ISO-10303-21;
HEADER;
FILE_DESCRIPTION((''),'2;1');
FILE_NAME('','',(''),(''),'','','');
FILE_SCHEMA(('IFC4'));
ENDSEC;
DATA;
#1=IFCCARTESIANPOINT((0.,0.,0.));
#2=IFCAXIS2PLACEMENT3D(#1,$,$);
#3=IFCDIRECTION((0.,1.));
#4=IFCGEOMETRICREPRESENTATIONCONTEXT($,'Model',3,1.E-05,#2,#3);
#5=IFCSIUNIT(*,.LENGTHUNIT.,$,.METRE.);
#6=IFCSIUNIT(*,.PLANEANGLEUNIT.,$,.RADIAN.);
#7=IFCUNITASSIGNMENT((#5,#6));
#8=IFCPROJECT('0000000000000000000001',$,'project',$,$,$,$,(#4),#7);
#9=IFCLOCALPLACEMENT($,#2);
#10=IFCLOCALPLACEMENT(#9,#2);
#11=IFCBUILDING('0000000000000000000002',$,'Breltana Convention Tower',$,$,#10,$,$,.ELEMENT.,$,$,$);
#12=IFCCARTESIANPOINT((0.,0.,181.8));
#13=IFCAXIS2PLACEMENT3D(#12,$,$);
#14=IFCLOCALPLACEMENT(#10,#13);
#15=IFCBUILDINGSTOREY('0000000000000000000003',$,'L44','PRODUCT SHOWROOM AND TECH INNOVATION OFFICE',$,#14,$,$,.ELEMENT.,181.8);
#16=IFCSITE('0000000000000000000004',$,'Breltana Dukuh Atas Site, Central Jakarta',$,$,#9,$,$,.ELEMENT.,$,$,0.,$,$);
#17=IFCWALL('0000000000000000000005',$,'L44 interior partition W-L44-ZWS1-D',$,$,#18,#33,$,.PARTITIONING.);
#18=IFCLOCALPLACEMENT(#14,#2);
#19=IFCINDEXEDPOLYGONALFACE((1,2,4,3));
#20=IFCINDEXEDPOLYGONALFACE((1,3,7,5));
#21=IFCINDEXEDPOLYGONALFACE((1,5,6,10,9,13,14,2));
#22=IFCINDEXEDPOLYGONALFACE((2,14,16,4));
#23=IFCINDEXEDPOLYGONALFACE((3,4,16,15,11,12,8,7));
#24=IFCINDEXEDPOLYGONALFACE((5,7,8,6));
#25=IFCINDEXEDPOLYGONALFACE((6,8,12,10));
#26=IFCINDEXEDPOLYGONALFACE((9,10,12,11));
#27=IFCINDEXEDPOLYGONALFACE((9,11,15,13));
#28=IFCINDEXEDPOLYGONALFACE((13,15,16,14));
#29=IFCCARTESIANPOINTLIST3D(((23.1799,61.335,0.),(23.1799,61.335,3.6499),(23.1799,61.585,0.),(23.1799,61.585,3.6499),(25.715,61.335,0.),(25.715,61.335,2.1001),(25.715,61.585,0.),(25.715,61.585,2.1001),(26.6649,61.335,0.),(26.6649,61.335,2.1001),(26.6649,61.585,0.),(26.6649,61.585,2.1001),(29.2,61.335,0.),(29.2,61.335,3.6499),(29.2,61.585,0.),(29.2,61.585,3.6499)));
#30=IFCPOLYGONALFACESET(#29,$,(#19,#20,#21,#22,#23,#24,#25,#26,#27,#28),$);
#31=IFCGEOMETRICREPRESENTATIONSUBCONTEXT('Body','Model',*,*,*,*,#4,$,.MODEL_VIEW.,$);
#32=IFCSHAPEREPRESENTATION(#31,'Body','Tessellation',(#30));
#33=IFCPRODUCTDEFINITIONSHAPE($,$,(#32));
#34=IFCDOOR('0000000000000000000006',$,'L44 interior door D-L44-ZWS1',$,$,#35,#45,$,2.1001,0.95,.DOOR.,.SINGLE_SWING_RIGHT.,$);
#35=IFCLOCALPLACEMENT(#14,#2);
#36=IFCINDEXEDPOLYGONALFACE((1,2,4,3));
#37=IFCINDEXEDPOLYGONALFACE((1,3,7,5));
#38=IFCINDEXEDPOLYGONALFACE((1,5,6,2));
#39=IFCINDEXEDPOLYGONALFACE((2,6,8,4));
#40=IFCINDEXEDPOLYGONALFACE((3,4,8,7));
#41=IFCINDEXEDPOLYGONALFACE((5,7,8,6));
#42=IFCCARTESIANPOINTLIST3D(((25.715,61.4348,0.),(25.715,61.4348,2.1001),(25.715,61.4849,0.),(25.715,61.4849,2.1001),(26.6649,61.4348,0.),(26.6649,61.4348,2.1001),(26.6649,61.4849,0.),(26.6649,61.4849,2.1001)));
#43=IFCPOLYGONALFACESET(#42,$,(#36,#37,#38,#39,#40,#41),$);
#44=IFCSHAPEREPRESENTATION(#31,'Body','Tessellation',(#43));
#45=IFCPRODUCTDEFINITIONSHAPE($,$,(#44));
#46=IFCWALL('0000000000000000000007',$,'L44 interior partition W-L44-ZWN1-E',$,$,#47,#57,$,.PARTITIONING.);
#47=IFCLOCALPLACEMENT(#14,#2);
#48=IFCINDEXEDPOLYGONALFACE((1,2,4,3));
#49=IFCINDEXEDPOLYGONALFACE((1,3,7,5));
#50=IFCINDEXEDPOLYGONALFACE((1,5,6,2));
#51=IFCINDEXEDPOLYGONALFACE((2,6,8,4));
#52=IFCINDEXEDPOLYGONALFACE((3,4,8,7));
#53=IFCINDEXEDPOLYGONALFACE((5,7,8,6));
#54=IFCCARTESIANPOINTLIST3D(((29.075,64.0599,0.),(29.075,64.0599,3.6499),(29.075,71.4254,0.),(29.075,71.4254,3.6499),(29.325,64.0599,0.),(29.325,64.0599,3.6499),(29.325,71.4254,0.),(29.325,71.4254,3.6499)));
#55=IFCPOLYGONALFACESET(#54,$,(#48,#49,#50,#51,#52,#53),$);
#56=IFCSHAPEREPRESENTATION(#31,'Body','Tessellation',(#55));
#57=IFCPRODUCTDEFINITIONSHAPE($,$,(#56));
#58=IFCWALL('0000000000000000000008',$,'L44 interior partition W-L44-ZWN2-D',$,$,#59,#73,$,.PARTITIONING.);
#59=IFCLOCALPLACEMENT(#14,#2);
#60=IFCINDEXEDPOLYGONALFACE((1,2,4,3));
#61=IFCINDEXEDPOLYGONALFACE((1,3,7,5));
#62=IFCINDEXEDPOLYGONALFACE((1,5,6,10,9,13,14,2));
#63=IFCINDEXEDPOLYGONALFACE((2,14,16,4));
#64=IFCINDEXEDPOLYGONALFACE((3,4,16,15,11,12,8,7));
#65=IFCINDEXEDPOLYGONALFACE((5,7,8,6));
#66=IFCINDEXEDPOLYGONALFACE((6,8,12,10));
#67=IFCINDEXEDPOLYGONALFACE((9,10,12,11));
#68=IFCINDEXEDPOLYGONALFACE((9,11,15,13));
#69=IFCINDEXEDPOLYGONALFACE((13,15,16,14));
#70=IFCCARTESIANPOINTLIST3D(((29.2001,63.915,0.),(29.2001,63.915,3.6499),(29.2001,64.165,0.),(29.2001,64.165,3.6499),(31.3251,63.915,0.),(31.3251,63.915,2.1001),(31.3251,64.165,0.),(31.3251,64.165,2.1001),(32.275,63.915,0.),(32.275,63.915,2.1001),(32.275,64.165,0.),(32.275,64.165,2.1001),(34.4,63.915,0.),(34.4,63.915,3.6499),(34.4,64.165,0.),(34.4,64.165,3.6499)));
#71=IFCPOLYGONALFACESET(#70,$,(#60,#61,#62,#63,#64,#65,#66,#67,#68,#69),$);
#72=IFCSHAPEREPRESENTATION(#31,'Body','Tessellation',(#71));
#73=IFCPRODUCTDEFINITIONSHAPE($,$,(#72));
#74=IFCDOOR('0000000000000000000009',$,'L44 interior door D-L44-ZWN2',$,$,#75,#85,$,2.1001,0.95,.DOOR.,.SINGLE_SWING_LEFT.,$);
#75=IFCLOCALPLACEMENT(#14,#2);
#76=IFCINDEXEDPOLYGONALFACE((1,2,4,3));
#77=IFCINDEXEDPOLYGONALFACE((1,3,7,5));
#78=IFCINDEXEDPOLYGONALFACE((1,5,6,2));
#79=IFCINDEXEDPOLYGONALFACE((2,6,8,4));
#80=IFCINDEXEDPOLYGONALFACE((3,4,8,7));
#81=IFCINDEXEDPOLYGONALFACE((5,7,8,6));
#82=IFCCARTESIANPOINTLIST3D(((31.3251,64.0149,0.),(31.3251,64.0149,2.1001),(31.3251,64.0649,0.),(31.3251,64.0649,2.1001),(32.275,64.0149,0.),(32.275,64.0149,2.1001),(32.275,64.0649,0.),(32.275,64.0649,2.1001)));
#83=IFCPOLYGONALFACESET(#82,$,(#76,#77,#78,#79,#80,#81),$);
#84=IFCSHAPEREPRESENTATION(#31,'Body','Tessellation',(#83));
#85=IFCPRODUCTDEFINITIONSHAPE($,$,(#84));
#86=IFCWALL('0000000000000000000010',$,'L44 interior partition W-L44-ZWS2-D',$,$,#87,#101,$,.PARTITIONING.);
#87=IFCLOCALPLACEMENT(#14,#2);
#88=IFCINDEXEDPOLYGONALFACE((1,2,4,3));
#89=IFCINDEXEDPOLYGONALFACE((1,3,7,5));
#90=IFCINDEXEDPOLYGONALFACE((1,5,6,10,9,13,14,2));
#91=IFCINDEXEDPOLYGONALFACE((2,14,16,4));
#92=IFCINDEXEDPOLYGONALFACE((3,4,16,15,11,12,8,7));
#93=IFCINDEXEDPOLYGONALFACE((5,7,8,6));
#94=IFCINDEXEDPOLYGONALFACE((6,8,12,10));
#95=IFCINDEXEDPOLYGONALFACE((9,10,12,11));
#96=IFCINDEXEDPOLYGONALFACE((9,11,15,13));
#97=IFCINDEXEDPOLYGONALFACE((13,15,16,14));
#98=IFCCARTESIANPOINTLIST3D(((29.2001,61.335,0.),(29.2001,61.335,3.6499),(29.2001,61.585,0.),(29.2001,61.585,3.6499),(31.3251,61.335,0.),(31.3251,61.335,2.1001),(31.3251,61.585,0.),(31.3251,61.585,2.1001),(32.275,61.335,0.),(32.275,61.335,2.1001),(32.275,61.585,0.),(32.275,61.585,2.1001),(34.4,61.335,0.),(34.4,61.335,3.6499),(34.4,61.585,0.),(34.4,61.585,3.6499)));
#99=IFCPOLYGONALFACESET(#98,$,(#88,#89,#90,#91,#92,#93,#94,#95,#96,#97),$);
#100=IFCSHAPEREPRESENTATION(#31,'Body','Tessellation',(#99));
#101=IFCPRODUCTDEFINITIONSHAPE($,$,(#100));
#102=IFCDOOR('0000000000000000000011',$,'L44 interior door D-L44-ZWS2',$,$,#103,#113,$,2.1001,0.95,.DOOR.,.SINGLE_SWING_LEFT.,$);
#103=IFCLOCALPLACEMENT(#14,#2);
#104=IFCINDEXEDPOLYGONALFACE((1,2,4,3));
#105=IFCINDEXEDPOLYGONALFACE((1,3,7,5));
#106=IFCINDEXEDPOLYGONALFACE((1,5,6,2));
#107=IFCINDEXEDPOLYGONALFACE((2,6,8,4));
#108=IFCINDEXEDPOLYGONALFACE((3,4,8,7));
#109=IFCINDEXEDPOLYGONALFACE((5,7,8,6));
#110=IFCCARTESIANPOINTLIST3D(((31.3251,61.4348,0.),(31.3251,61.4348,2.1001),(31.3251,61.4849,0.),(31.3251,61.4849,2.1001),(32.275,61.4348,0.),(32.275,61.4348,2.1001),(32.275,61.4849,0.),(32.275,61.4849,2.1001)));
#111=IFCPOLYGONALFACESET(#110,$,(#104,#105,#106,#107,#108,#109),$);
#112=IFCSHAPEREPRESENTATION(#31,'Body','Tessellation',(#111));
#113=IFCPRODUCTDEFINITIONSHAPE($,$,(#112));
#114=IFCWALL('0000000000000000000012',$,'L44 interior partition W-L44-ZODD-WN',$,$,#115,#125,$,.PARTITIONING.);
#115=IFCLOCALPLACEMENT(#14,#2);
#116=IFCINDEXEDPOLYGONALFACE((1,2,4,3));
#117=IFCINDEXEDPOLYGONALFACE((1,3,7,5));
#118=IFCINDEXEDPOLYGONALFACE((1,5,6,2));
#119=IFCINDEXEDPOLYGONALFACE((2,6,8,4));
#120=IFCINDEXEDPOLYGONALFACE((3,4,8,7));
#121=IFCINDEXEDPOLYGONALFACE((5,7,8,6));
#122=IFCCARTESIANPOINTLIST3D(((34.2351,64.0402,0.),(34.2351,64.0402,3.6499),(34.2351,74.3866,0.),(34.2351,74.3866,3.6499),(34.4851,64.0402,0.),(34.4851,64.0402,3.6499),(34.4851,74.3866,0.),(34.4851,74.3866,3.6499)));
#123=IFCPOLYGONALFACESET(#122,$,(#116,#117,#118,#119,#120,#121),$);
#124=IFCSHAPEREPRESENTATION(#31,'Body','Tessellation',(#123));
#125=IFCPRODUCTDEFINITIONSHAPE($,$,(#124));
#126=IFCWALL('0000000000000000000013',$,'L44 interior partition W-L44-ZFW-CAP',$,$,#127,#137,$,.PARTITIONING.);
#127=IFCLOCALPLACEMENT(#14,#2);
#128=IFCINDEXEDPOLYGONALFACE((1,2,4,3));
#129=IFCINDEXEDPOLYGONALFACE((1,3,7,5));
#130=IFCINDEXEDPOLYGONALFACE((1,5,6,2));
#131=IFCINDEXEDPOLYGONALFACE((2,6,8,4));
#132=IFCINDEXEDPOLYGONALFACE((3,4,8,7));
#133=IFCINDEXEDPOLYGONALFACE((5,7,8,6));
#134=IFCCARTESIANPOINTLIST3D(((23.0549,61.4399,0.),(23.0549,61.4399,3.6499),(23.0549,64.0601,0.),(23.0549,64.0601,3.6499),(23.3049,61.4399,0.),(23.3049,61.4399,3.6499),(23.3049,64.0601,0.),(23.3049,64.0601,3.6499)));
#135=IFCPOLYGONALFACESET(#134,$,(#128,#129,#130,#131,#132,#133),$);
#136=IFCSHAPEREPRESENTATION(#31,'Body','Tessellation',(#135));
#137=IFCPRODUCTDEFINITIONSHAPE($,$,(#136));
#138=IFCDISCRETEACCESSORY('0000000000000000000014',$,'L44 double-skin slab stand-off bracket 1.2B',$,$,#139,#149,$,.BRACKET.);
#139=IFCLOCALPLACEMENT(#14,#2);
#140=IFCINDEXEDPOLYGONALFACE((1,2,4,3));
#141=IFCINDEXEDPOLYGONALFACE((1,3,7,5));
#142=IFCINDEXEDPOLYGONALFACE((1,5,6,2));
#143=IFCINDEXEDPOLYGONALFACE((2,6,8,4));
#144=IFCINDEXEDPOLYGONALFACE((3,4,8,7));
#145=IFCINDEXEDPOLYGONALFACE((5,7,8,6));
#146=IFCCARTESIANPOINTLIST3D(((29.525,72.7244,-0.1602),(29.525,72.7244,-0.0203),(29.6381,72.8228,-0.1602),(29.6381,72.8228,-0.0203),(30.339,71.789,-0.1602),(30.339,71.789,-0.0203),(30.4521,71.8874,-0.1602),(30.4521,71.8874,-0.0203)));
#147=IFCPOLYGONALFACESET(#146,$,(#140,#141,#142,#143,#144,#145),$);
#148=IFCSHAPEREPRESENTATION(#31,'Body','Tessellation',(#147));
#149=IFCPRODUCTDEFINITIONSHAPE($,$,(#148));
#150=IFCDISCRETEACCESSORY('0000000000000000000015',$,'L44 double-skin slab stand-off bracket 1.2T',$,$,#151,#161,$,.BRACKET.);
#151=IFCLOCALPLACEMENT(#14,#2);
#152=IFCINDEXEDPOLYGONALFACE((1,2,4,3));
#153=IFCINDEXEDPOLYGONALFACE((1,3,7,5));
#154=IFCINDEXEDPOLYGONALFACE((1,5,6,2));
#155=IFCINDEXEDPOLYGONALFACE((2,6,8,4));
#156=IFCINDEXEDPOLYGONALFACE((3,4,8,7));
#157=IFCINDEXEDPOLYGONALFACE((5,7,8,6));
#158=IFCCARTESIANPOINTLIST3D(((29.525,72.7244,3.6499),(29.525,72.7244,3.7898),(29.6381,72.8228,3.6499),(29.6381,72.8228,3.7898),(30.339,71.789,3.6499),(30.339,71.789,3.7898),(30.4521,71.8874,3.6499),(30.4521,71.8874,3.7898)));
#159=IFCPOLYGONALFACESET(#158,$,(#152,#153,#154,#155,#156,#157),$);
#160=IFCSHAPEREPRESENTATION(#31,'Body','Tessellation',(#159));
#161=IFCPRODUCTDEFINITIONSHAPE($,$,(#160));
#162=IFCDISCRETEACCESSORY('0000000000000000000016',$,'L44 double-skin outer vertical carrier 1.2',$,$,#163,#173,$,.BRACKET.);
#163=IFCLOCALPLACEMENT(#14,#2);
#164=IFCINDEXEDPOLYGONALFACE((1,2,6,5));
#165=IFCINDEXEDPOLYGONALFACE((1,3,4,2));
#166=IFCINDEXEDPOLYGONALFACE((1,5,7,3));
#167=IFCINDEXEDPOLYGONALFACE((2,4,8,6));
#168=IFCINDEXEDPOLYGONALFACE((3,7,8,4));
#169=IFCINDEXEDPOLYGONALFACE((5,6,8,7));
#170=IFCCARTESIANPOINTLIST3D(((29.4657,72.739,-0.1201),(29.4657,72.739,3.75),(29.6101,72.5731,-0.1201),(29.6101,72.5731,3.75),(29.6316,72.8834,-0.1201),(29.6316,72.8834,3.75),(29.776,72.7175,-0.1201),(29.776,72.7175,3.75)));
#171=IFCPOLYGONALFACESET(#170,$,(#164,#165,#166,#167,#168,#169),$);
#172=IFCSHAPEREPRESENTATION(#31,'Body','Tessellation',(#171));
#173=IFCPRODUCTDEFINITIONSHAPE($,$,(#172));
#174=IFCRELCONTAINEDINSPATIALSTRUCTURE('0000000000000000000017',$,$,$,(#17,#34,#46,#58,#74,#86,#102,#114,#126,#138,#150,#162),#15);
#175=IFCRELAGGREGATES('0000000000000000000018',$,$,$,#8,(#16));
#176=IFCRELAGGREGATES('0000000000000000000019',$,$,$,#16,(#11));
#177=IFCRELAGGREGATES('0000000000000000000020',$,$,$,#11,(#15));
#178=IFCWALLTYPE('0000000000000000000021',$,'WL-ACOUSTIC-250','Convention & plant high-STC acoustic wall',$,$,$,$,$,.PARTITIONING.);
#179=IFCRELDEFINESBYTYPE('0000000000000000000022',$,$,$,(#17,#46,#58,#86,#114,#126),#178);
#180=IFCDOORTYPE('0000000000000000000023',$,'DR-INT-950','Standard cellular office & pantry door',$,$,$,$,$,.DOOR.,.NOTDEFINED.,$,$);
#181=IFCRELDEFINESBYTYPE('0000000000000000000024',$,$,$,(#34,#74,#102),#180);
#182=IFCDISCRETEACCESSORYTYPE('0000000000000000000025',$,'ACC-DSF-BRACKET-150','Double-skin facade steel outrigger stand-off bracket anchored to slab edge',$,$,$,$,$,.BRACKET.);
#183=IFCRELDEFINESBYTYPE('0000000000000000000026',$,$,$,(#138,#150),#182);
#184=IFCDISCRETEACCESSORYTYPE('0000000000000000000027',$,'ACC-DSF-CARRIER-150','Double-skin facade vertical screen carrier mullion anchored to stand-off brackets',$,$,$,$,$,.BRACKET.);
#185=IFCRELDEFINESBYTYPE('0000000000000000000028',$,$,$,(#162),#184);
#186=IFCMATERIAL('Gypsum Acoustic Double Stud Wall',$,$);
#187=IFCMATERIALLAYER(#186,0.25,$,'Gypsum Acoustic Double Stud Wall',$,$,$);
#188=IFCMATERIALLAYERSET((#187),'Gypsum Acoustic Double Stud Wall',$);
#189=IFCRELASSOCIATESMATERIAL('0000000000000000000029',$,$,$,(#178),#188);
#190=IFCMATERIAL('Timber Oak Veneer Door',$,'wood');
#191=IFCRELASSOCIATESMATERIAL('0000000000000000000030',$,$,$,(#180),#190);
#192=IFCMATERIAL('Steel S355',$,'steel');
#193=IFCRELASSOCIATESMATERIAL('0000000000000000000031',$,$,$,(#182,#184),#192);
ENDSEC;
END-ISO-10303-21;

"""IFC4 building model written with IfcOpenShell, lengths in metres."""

from ifc_helpers import new_model, si_unit, direction, frame, frame_2d, origin, origin_2d, place, context, subcontext, project, spatial, rectangle, extrude, source, transform, mapped, material, layer, layer_set, type_object, type_shapes, element, fill, save


model = new_model("IFC4")

# Units and contexts
model_context = context("Model", 3, precision=1e-05, world=origin(), true_north=direction((0.0, 1.0)))
body_context = subcontext(model_context, "Body", "Model", "MODEL_VIEW")
ifc_project = project(units=[si_unit("LENGTHUNIT", "METRE"), si_unit("PLANEANGLEUNIT", "RADIAN")], contexts=[model_context])

# Site, building, storey
site_placement = place(None, origin())
site = spatial("IfcSite", under=ifc_project, at=site_placement, Name="Breltana Dukuh Atas Site, Central Jakarta", CompositionType="ELEMENT", RefElevation=0.0)
building_placement = place(site_placement, origin())
building = spatial("IfcBuilding", under=site, at=building_placement, Name="Breltana Convention Tower", CompositionType="ELEMENT")
storey_placement = place(building_placement, frame((0.0, 0.0, 181.8)))
storey = spatial("IfcBuildingStorey", under=building, at=storey_placement, Name="L44", Description="PRODUCT SHOWROOM AND TECH INNOVATION OFFICE", CompositionType="ELEMENT", Elevation=181.8)

# Wall, opening, door
ifc_material_1 = material(Name="Gypsum Acoustic Double Stud Wall")
ifc_layer_1 = layer(ifc_material_1, 0.25, Name="Gypsum Acoustic Double Stud Wall")
ifc_layer_set_1 = layer_set([ifc_layer_1], Name="Gypsum Acoustic Double Stud Wall")
wall_type_1 = type_object("IfcWallType", Name="WL-ACOUSTIC-250", Description="Convention & plant high-STC acoustic wall", PredefinedType="PARTITIONING", material=ifc_layer_set_1)
shared_shape_1 = source(origin(), body_context, "Body", "SweptSolid", [
    extrude(rectangle(XDim=6.02, YDim=0.25, at=frame_2d((3.01, 0.0))), origin(), (0.0, 0.0, 1.0), 3.6499),
])
ifc_material_2 = material(Name="Timber Oak Veneer Door", Category="wood")
door_type = type_object("IfcDoorType", Name="DR-INT-950", Description="Standard cellular office & pantry door", OperationType="NOTDEFINED", PredefinedType="DOOR", material=ifc_material_2)
shared_shape_2 = source(origin(), body_context, "Body", "SweptSolid", [
    extrude(rectangle(XDim=0.95, YDim=2.1001, at=frame_2d((0.4751, 1.05))), frame((0.0, 0.0249, 0.0), z_axis=(0.0, -1.0, 0.0), x_axis=(1.0, 0.0, 0.0)), (0.0, 0.0, 1.0), 0.05),
])
type_shapes(door_type, [shared_shape_2])
wall_1_placement = place(storey_placement, frame((23.1799, 61.46, 0.0), z_axis=(0.0, 0.0, 1.0), x_axis=(1.0, 0.0, 0.0)))
wall_1 = element("IfcWall", 1, at=wall_1_placement, inside=storey, type_object=wall_type_1, Name="L44 interior partition W-L44-ZWS1-D", PredefinedType="PARTITIONING", context=body_context, shape_type="MappedRepresentation", body=[
    mapped(shared_shape_1, transform((0.0, 0.0, 0.0), scale=1.0)),
])
opening_1_placement = place(wall_1_placement, frame((2.5349, 0.0, 0.0)))
opening_1 = element("IfcOpeningElement", 2, at=opening_1_placement, cuts=wall_1, PredefinedType="OPENING", context=body_context, shape_type="SweptSolid", body=[
    extrude(rectangle(XDim=0.95, YDim=2.1001, at=frame_2d((0.4751, 1.05))), frame((0.0, 0.135, 0.0), z_axis=(0.0, -1.0, 0.0), x_axis=(1.0, 0.0, 0.0)), (0.0, 0.0, 1.0), 0.27),
])
door_1_placement = place(opening_1_placement, origin())
door_1 = element("IfcDoor", 3, at=door_1_placement, inside=storey, type_object=door_type, Name="L44 interior door D-L44-ZWS1", OperationType="SINGLE_SWING_RIGHT", OverallHeight=2.1001, OverallWidth=0.95, PredefinedType="DOOR", context=body_context, shape_type="MappedRepresentation", body=[
    mapped(shared_shape_2, transform((0.0, 0.0, 0.0), scale=1.0)),
])
fill(opening_1, door_1)

# Wall
shared_shape_3 = source(origin(), body_context, "Body", "SweptSolid", [
    extrude(rectangle(XDim=7.3655, YDim=0.25, at=frame_2d((3.6826, 0.0))), origin(), (0.0, 0.0, 1.0), 3.6499),
])
wall_2_placement = place(storey_placement, frame((29.2, 64.0601, 0.0), z_axis=(0.0, 0.0, 1.0), x_axis=(0.0, 1.0, 0.0)))
element("IfcWall", 4, at=wall_2_placement, inside=storey, type_object=wall_type_1, Name="L44 interior partition W-L44-ZWN1-E", PredefinedType="PARTITIONING", context=body_context, shape_type="MappedRepresentation", body=[
    mapped(shared_shape_3, transform((0.0, 0.0, 0.0), scale=1.0)),
])

# Walls, openings, doors
shared_shape_4 = source(origin(), body_context, "Body", "SweptSolid", [
    extrude(rectangle(XDim=5.2, YDim=0.25, at=frame_2d((2.6001, 0.0))), origin(), (0.0, 0.0, 1.0), 3.6499),
])
wall_3_placement = place(storey_placement, frame((29.2, 64.04, 0.0), z_axis=(0.0, 0.0, 1.0), x_axis=(1.0, 0.0, 0.0)))
wall_3 = element("IfcWall", 5, at=wall_3_placement, inside=storey, type_object=wall_type_1, Name="L44 interior partition W-L44-ZWN2-D", PredefinedType="PARTITIONING", context=body_context, shape_type="MappedRepresentation", body=[
    mapped(shared_shape_4, transform((0.0, 0.0, 0.0), scale=1.0)),
])
opening_2_placement = place(wall_3_placement, frame((2.125, 0.0, 0.0)))
opening_2 = element("IfcOpeningElement", 6, at=opening_2_placement, cuts=wall_3, PredefinedType="OPENING", context=body_context, shape_type="SweptSolid", body=[
    extrude(rectangle(XDim=0.95, YDim=2.1001, at=frame_2d((0.4751, 1.05))), frame((0.0, 0.135, 0.0), z_axis=(0.0, -1.0, 0.0), x_axis=(1.0, 0.0, 0.0)), (0.0, 0.0, 1.0), 0.27),
])
door_2_placement = place(opening_2_placement, origin())
door_2 = element("IfcDoor", 7, at=door_2_placement, inside=storey, type_object=door_type, Name="L44 interior door D-L44-ZWN2", OperationType="SINGLE_SWING_LEFT", OverallHeight=2.1001, OverallWidth=0.95, PredefinedType="DOOR", context=body_context, shape_type="MappedRepresentation", body=[
    mapped(shared_shape_2, transform((0.0, 0.0, 0.0), scale=1.0)),
])
fill(opening_2, door_2)
wall_4_placement = place(storey_placement, frame((29.2, 61.46, 0.0), z_axis=(0.0, 0.0, 1.0), x_axis=(1.0, 0.0, 0.0)))
wall_4 = element("IfcWall", 8, at=wall_4_placement, inside=storey, type_object=wall_type_1, Name="L44 interior partition W-L44-ZWS2-D", PredefinedType="PARTITIONING", context=body_context, shape_type="MappedRepresentation", body=[
    mapped(shared_shape_4, transform((0.0, 0.0, 0.0), scale=1.0)),
])
opening_3_placement = place(wall_4_placement, frame((2.125, 0.0, 0.0)))
opening_3 = element("IfcOpeningElement", 9, at=opening_3_placement, cuts=wall_4, PredefinedType="OPENING", context=body_context, shape_type="SweptSolid", body=[
    extrude(rectangle(XDim=0.95, YDim=2.1001, at=frame_2d((0.4751, 1.05))), frame((0.0, 0.135, 0.0), z_axis=(0.0, -1.0, 0.0), x_axis=(1.0, 0.0, 0.0)), (0.0, 0.0, 1.0), 0.27),
])
door_3_placement = place(opening_3_placement, origin())
door_3 = element("IfcDoor", 10, at=door_3_placement, inside=storey, type_object=door_type, Name="L44 interior door D-L44-ZWS2", OperationType="SINGLE_SWING_LEFT", OverallHeight=2.1001, OverallWidth=0.95, PredefinedType="DOOR", context=body_context, shape_type="MappedRepresentation", body=[
    mapped(shared_shape_2, transform((0.0, 0.0, 0.0), scale=1.0)),
])
fill(opening_3, door_3)

# Walls
shared_shape_5 = source(origin(), body_context, "Body", "SweptSolid", [
    extrude(rectangle(XDim=10.3464, YDim=0.25, at=frame_2d((5.1733, 0.0))), origin(), (0.0, 0.0, 1.0), 3.6499),
])
wall_5_placement = place(storey_placement, frame((34.3601, 64.04, 0.0), z_axis=(0.0, 0.0, 1.0), x_axis=(0.0, 1.0, 0.0)))
element("IfcWall", 11, at=wall_5_placement, inside=storey, type_object=wall_type_1, Name="L44 interior partition W-L44-ZODD-WN", PredefinedType="PARTITIONING", context=body_context, shape_type="MappedRepresentation", body=[
    mapped(shared_shape_5, transform((0.0, 0.0, 0.0), scale=1.0)),
])
shared_shape_6 = source(origin(), body_context, "Body", "SweptSolid", [
    extrude(rectangle(XDim=2.6201, YDim=0.25, at=frame_2d((1.3101, 0.0))), origin(), (0.0, 0.0, 1.0), 3.6499),
])
wall_6_placement = place(storey_placement, frame((23.1799, 61.4399, 0.0), z_axis=(0.0, 0.0, 1.0), x_axis=(0.0, 1.0, 0.0)))
element("IfcWall", 12, at=wall_6_placement, inside=storey, type_object=wall_type_1, Name="L44 interior partition W-L44-ZFW-CAP", PredefinedType="PARTITIONING", context=body_context, shape_type="MappedRepresentation", body=[
    mapped(shared_shape_6, transform((0.0, 0.0, 0.0), scale=1.0)),
])

# Discrete accessories
ifc_material_3 = material(Name="Steel S355", Category="steel")
discrete_accessory_type_1 = type_object("IfcDiscreteAccessoryType", Name="ACC-DSF-BRACKET-150", Description="Double-skin facade steel outrigger stand-off bracket anchored to slab edge", PredefinedType="BRACKET", material=ifc_material_3)
shared_shape_7 = source(origin(), body_context, "Body", "SweptSolid", [
    extrude(rectangle(XDim=1.24, YDim=0.1499, at=origin_2d()), origin(), (0.0, 0.0, 1.0), 0.1399),
])
type_shapes(discrete_accessory_type_1, [shared_shape_7])
for number, where, z_axis, x_axis, name in (
    (13, (29.9885, 72.3059, -0.1602), (0.0, 0.0, 1.0), (-0.656456, 0.754365, 0.0), "L44 double-skin slab stand-off bracket 1.2B"),
    (14, (29.9885, 72.3059, 3.6499), (0.0, 0.0, 1.0), (-0.656456, 0.754365, 0.0), "L44 double-skin slab stand-off bracket 1.2T"),
):
    element("IfcDiscreteAccessory", number, at=place(storey_placement, frame(where, z_axis=z_axis, x_axis=x_axis)), inside=storey, type_object=discrete_accessory_type_1, Name=name, PredefinedType="BRACKET", context=body_context, shape_type="MappedRepresentation", body=[
        mapped(shared_shape_7, transform((0.0, 0.0, 0.0), scale=1.0)),
    ])
discrete_accessory_type_2 = type_object("IfcDiscreteAccessoryType", Name="ACC-DSF-CARRIER-150", Description="Double-skin facade vertical screen carrier mullion anchored to stand-off brackets", PredefinedType="BRACKET", material=ifc_material_3)
shared_shape_8 = source(origin(), body_context, "Body", "SweptSolid", [
    extrude(rectangle(XDim=0.22, YDim=0.22, at=origin_2d()), origin(), (0.0, 0.0, 1.0), 3.8701),
])
discrete_accessory_placement = place(storey_placement, frame((29.6208, 72.7283, -0.1201), z_axis=(0.0, 0.0, 1.0), x_axis=(-0.656456, 0.754365, 0.0)))
element("IfcDiscreteAccessory", 15, at=discrete_accessory_placement, inside=storey, type_object=discrete_accessory_type_2, Name="L44 double-skin outer vertical carrier 1.2", PredefinedType="BRACKET", context=body_context, shape_type="MappedRepresentation", body=[
    mapped(shared_shape_8, transform((0.0, 0.0, 0.0), scale=1.0)),
])

save(model, "model.ifc")
